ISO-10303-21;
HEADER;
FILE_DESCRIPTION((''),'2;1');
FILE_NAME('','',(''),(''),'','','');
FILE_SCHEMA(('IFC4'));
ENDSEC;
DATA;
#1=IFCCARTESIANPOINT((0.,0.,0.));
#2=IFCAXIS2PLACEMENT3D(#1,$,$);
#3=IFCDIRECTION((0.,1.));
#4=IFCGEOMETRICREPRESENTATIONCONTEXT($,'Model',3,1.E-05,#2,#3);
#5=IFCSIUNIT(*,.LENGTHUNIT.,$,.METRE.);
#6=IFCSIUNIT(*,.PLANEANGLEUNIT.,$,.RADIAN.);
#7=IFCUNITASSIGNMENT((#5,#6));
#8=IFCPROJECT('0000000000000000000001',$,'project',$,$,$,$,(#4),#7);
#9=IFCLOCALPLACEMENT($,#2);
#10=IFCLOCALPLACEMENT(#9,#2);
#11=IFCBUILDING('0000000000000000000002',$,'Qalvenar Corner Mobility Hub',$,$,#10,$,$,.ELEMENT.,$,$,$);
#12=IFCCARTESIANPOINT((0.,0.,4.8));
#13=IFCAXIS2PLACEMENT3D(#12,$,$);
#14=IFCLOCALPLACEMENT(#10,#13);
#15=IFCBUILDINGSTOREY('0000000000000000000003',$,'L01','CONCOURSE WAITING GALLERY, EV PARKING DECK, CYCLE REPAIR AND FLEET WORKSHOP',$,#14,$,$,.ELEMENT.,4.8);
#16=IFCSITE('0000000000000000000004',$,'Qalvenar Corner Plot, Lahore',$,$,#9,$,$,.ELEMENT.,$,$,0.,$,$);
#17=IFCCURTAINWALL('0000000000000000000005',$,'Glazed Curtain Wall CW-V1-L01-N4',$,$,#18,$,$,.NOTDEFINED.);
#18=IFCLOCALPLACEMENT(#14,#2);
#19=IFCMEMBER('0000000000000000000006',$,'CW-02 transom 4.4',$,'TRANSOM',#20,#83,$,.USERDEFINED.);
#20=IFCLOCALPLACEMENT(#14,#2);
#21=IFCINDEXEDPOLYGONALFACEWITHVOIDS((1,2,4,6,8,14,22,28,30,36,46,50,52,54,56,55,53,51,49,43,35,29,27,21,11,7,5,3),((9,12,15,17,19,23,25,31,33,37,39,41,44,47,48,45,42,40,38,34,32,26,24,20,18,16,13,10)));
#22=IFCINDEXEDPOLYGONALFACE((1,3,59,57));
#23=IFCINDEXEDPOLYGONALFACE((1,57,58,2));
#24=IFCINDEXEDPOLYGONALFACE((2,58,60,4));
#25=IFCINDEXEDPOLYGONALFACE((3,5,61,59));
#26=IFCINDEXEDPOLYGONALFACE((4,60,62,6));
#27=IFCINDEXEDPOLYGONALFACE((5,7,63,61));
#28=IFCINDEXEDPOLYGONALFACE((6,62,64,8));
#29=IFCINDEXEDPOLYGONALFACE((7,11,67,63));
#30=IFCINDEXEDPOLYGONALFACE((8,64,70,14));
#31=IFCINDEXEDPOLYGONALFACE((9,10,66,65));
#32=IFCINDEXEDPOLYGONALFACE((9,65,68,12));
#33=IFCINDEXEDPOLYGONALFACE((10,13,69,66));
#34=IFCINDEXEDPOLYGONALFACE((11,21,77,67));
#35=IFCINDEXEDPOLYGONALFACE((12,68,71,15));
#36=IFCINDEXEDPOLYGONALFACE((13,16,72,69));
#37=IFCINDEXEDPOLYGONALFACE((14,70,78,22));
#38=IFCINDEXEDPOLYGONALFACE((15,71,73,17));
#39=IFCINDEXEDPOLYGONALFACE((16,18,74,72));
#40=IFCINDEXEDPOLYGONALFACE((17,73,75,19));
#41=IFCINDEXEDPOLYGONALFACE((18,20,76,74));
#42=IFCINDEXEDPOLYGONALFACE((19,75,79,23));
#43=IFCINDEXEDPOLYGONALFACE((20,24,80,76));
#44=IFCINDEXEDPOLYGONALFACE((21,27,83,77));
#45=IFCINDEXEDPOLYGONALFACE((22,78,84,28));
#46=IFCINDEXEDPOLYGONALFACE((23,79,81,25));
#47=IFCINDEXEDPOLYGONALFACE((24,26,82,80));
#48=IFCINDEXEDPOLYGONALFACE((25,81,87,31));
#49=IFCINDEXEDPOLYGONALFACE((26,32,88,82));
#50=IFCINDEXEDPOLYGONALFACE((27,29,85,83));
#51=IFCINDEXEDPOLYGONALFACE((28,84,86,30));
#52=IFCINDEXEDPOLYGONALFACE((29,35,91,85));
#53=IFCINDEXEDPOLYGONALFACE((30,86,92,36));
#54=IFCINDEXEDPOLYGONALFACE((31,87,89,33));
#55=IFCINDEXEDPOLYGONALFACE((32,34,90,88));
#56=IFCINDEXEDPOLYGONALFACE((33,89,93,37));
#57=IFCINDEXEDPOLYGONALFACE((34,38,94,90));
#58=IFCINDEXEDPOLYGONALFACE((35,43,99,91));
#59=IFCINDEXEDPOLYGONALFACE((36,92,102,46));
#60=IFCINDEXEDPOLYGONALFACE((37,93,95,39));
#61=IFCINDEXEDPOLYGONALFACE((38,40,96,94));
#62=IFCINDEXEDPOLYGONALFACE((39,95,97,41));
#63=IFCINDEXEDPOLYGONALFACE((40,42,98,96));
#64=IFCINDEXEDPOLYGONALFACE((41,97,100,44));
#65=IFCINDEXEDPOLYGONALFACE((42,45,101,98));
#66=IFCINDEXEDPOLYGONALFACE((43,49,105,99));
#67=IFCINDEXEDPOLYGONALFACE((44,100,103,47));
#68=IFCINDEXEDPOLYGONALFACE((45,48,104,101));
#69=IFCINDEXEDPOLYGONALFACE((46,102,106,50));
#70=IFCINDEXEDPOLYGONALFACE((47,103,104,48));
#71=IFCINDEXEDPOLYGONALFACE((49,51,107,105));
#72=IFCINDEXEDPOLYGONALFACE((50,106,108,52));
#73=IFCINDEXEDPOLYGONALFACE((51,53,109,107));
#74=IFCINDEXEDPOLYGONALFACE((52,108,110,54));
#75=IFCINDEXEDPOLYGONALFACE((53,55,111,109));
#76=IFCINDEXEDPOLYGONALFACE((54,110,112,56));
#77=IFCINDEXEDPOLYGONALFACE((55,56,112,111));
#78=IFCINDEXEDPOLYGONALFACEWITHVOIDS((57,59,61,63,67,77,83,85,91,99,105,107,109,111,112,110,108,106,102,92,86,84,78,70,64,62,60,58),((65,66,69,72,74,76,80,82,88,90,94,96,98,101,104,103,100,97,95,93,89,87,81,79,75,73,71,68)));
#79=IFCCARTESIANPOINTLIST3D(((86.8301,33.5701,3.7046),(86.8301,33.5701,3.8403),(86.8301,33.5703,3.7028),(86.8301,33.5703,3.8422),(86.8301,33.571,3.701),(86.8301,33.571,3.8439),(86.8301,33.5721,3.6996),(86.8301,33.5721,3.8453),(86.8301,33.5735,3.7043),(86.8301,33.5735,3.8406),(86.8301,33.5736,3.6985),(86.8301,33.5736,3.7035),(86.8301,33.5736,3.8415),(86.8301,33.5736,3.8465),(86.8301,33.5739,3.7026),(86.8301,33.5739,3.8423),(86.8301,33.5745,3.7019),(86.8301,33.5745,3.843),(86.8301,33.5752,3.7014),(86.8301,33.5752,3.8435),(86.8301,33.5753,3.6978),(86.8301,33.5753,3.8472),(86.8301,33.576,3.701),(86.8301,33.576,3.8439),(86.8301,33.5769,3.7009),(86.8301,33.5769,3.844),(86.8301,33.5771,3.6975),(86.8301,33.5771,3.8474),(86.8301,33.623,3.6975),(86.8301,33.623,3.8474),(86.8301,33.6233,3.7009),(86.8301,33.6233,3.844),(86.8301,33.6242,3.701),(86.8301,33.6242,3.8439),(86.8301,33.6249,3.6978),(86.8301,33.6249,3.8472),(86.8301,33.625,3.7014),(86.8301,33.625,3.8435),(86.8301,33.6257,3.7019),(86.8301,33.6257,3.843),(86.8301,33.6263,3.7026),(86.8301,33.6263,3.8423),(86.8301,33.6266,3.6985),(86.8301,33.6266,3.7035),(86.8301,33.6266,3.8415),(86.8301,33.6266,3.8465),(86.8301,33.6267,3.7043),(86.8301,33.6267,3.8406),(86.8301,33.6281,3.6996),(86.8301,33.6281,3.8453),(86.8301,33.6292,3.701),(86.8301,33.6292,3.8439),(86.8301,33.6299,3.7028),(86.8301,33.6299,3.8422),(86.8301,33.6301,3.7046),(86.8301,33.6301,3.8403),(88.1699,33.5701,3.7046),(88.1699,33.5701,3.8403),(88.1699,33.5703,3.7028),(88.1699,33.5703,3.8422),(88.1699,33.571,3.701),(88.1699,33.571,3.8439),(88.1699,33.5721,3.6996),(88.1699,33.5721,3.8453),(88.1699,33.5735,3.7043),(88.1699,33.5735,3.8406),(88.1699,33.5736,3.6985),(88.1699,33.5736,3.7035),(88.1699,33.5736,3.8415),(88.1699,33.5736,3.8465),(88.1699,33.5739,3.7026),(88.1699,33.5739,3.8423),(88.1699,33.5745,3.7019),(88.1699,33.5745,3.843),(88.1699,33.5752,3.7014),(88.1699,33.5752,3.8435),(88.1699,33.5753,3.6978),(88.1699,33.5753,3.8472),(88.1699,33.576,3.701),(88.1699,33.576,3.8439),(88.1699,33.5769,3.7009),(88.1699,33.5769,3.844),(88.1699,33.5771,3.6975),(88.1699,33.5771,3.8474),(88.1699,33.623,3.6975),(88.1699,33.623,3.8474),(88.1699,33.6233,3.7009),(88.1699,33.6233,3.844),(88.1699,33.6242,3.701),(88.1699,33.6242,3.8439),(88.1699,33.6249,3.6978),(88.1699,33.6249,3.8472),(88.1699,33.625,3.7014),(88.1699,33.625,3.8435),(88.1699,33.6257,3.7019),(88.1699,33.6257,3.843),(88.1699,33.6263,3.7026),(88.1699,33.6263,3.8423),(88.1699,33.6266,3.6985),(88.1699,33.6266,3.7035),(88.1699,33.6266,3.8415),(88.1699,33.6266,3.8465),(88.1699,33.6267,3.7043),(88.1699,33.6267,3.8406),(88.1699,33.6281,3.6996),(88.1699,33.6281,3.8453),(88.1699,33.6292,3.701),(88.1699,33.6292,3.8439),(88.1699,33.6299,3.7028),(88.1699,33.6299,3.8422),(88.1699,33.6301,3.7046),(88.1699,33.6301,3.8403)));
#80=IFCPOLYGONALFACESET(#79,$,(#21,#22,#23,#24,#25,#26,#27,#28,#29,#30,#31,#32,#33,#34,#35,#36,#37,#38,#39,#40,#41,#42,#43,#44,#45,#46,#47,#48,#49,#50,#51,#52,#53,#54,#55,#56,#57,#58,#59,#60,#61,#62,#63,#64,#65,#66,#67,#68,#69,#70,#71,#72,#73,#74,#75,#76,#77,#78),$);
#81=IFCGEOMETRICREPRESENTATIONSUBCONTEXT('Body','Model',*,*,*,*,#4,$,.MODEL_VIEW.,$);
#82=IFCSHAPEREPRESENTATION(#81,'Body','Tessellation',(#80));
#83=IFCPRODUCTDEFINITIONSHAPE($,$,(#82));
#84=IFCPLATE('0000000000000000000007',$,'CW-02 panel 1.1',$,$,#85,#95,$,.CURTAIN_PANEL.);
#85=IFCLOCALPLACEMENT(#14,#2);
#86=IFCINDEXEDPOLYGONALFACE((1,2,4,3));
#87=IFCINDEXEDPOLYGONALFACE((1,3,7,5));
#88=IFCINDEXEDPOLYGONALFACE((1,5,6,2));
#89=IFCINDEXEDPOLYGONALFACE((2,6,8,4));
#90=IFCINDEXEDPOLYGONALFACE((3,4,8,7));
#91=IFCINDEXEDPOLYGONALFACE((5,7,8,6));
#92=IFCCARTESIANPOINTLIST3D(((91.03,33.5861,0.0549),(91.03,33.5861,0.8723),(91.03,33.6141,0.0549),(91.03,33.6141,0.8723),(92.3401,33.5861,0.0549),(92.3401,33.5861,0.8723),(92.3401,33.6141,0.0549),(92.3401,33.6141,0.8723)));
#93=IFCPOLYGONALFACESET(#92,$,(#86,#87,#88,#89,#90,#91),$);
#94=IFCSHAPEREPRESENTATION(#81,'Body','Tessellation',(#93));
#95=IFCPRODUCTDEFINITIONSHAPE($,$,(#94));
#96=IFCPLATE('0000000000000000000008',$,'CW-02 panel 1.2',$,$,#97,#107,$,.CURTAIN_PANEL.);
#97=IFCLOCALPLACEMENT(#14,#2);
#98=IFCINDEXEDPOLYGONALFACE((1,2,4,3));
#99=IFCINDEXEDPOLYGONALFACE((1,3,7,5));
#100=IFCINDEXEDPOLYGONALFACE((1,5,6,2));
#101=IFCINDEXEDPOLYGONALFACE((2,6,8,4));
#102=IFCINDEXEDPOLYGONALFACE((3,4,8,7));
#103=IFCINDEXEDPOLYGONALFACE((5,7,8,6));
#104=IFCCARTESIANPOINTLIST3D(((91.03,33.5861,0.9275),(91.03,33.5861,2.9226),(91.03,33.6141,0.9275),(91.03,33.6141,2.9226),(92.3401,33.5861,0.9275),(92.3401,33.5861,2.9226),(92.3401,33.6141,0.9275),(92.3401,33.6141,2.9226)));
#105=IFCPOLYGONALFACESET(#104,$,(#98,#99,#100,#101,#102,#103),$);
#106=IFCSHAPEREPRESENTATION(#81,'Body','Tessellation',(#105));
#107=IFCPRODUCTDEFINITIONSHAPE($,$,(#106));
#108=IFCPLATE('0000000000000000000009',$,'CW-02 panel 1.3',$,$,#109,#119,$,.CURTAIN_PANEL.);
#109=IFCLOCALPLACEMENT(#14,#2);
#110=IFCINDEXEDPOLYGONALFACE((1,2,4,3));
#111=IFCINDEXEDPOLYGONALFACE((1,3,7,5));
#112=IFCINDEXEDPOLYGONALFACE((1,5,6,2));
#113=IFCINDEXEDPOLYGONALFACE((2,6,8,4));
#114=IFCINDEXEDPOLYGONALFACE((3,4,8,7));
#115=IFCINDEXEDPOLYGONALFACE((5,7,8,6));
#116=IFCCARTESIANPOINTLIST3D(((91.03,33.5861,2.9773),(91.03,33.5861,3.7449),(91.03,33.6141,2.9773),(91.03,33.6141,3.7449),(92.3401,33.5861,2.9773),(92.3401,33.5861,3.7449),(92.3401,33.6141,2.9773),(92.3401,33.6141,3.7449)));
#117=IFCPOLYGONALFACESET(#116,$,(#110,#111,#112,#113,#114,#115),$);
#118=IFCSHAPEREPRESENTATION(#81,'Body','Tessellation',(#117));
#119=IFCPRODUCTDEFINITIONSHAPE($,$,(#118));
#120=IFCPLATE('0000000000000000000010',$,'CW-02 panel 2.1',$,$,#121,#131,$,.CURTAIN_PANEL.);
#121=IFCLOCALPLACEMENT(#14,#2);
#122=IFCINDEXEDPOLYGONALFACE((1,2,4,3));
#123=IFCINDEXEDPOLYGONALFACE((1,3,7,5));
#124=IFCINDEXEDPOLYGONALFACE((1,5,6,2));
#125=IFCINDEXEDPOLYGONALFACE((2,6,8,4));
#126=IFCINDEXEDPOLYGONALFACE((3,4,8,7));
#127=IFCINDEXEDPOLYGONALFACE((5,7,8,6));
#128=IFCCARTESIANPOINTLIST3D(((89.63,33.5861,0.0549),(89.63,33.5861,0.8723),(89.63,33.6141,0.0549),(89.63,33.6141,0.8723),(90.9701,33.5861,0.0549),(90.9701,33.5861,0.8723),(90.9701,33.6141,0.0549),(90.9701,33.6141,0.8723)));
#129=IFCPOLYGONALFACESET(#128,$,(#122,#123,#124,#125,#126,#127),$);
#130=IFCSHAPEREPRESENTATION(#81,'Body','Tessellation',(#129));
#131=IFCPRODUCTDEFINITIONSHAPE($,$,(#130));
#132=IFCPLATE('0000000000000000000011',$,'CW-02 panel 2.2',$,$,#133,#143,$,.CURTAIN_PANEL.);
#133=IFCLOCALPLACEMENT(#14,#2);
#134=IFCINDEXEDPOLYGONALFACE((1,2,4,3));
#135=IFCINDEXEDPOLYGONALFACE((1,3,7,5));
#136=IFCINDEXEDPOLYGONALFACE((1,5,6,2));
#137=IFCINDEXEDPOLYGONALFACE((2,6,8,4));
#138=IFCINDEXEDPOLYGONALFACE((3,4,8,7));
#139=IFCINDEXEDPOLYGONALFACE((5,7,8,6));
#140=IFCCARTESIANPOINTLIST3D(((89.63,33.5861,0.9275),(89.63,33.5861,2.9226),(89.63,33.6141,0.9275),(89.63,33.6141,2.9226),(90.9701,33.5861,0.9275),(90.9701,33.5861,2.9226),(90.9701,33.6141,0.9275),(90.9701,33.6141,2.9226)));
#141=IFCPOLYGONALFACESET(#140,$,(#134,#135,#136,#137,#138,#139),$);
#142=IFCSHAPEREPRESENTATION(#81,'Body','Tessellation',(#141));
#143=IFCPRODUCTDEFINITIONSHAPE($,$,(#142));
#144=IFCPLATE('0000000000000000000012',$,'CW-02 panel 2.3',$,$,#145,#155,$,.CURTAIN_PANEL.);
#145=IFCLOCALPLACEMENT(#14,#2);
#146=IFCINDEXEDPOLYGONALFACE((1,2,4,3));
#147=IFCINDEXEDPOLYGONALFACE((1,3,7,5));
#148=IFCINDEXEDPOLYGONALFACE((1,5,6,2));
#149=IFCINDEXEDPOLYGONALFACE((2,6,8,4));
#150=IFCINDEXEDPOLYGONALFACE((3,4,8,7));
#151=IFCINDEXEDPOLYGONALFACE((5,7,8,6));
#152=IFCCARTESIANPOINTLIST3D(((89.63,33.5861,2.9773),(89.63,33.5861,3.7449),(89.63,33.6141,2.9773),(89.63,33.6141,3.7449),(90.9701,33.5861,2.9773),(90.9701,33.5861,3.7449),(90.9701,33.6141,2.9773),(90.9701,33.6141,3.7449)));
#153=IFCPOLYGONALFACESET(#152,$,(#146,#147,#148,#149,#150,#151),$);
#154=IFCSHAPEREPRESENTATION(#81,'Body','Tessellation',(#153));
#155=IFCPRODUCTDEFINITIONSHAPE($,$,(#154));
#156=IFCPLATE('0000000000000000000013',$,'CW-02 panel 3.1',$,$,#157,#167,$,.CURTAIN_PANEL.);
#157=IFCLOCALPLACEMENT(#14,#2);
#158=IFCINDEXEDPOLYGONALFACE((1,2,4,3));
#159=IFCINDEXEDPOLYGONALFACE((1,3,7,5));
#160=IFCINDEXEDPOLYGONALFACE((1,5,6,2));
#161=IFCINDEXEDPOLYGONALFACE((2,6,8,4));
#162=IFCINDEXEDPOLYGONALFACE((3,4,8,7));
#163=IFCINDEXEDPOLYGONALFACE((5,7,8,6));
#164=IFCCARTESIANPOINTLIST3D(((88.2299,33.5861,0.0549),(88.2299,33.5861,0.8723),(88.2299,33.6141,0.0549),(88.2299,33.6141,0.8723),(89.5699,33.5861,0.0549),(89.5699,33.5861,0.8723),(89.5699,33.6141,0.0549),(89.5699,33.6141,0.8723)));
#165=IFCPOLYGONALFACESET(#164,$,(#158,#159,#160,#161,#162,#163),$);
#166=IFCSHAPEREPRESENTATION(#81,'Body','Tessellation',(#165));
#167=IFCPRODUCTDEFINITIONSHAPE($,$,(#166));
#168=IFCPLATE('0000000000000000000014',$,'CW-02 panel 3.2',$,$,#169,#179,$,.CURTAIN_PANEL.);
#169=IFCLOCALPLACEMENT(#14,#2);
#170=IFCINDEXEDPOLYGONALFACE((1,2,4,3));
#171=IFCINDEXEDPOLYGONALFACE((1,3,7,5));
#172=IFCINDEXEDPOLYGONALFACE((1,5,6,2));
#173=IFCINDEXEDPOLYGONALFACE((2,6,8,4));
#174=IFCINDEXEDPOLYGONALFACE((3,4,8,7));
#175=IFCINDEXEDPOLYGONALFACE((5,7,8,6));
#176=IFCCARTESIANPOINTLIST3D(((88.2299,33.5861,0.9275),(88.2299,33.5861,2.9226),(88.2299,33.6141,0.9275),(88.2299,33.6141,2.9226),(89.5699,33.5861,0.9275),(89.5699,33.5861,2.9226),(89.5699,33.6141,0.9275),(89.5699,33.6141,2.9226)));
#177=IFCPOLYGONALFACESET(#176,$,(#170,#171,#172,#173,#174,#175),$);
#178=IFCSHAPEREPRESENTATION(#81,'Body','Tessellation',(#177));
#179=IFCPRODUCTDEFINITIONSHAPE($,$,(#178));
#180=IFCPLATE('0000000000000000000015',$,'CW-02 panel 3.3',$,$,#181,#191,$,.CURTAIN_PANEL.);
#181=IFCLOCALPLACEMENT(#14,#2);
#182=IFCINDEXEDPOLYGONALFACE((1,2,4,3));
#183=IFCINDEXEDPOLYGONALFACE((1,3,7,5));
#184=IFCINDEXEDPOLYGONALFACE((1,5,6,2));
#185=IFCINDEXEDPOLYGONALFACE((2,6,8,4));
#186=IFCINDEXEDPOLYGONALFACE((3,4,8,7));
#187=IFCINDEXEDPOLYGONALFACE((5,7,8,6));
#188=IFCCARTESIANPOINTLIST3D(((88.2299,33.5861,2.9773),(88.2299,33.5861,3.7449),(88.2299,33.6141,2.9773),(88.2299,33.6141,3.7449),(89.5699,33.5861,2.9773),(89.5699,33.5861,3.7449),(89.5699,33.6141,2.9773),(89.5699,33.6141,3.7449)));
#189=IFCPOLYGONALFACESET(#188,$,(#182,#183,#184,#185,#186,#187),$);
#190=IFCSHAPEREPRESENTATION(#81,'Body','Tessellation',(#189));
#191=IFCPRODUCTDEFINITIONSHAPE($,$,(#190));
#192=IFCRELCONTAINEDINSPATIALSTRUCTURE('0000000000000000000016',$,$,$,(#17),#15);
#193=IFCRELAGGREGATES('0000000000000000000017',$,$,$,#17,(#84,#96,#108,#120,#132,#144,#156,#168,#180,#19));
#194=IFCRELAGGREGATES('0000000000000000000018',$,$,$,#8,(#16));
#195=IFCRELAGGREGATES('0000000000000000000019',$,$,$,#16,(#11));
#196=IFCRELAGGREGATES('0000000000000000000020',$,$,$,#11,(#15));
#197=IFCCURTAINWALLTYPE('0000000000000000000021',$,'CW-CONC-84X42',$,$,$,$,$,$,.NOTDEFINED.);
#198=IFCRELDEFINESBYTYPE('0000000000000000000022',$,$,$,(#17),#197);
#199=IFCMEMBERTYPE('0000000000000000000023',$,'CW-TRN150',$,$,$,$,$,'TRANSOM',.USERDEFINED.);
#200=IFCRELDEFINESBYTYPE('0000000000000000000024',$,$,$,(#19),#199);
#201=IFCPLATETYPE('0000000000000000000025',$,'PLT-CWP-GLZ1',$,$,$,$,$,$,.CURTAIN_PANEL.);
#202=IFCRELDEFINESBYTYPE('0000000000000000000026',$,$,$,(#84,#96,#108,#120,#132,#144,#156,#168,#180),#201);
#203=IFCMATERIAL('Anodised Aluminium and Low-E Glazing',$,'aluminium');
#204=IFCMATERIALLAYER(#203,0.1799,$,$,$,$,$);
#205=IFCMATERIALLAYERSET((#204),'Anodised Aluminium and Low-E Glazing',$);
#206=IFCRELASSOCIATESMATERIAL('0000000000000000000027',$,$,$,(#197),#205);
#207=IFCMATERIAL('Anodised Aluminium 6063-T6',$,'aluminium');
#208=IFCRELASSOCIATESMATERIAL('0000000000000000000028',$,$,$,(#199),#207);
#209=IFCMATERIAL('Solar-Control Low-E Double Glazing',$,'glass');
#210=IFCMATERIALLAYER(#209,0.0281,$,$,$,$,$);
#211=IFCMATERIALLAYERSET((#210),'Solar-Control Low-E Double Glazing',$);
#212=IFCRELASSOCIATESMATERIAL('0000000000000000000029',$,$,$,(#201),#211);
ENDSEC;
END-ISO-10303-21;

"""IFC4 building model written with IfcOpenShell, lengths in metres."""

from ifc_helpers import new_model, si_unit, direction, frame, origin, origin_2d, place, context, subcontext, project, spatial, rectangle, hollow_rectangle, extrude, material, layer, layer_set, material_profile, profile_set, type_object, element, aggregate, save


model = new_model("IFC4")

# Units and contexts
model_context = context("Model", 3, precision=1e-05, world=origin(), true_north=direction((0.0, 1.0)))
body_context = subcontext(model_context, "Body", "Model", "MODEL_VIEW")
ifc_project = project(units=[si_unit("LENGTHUNIT", "METRE"), si_unit("PLANEANGLEUNIT", "RADIAN")], contexts=[model_context])

# Site, building, storey
site_placement = place(None, origin())
site = spatial("IfcSite", under=ifc_project, at=site_placement, Name="Qalvenar Corner Plot, Lahore", CompositionType="ELEMENT", RefElevation=0.0)
building_placement = place(site_placement, origin())
building = spatial("IfcBuilding", under=site, at=building_placement, Name="Qalvenar Corner Mobility Hub", CompositionType="ELEMENT")
storey_placement = place(building_placement, frame((0.0, 0.0, 4.8)))
storey = spatial("IfcBuildingStorey", under=building, at=storey_placement, Name="L01", Description="CONCOURSE WAITING GALLERY, EV PARKING DECK, CYCLE REPAIR AND FLEET WORKSHOP", CompositionType="ELEMENT", Elevation=4.8)

# Curtain wall, member, plates
ifc_material_1 = material(Name="Anodised Aluminium and Low-E Glazing", Category="aluminium")
ifc_layer_1 = layer(ifc_material_1, 0.1799)
ifc_layer_set_1 = layer_set([ifc_layer_1], Name="Anodised Aluminium and Low-E Glazing")
curtain_wall_type = type_object("IfcCurtainWallType", Name="CW-CONC-84X42", PredefinedType="NOTDEFINED", material=ifc_layer_set_1)
curtain_wall_placement = place(storey_placement, origin())
curtain_wall = element("IfcCurtainWall", 1, at=curtain_wall_placement, inside=storey, type_object=curtain_wall_type, Name="Glazed Curtain Wall CW-V1-L01-N4", PredefinedType="NOTDEFINED")
ifc_material_2 = material(Name="Anodised Aluminium 6063-T6", Category="aluminium")
ifc_material_profile_1 = material_profile(ifc_material_2, hollow_rectangle(XDim=0.0601, YDim=0.1499, WallThickness=0.0034, InnerFilletRadius=0.0034, OuterFilletRadius=0.0071, at=origin_2d()), Name="RHS150x60x3.5")
ifc_profile_set_1 = profile_set([ifc_material_profile_1], Name="Anodised Aluminium 6063-T6")
member_type_1 = type_object("IfcMemberType", Name="CW-TRN150", ElementType="TRANSOM", PredefinedType="USERDEFINED", material=ifc_profile_set_1)
member_1_placement = place(storey_placement, frame((88.1699, 33.6001, 3.7725), z_axis=(-1.0, 0.0, 0.0), x_axis=(0.0, -1.0, 0.0)))
member_1 = element("IfcMember", 2, at=member_1_placement, type_object=member_type_1, Name="CW-02 transom 4.4", ObjectType="TRANSOM", PredefinedType="USERDEFINED", context=body_context, shape_type="SweptSolid", body=[
    extrude(hollow_rectangle(XDim=0.0601, YDim=0.1499, WallThickness=0.0034, InnerFilletRadius=0.0034, OuterFilletRadius=0.0071, at=origin_2d()), origin(), (0.0, 0.0, 1.0), 1.3398),
])
ifc_material_3 = material(Name="Solar-Control Low-E Double Glazing", Category="glass")
ifc_layer_2 = layer(ifc_material_3, 0.0281)
ifc_layer_set_2 = layer_set([ifc_layer_2], Name="Solar-Control Low-E Double Glazing")
plate_type = type_object("IfcPlateType", Name="PLT-CWP-GLZ1", PredefinedType="CURTAIN_PANEL", material=ifc_layer_set_2)
plate_1_placement = place(storey_placement, frame((91.6851, 33.6001, 0.0549), z_axis=(0.0, 0.0, 1.0), x_axis=(-1.0, 0.0, 0.0)))
plate_1 = element("IfcPlate", 3, at=plate_1_placement, type_object=plate_type, Name="CW-02 panel 1.1", PredefinedType="CURTAIN_PANEL", context=body_context, shape_type="SweptSolid", body=[
    extrude(rectangle(XDim=1.3101, YDim=0.0281, at=origin_2d()), origin(), (0.0, 0.0, 1.0), 0.8174),
])
plate_2_placement = place(storey_placement, frame((91.6851, 33.6001, 0.9275), z_axis=(0.0, 0.0, 1.0), x_axis=(-1.0, 0.0, 0.0)))
plate_2 = element("IfcPlate", 4, at=plate_2_placement, type_object=plate_type, Name="CW-02 panel 1.2", PredefinedType="CURTAIN_PANEL", context=body_context, shape_type="SweptSolid", body=[
    extrude(rectangle(XDim=1.3101, YDim=0.0281, at=origin_2d()), origin(), (0.0, 0.0, 1.0), 1.9951),
])
plate_3_placement = place(storey_placement, frame((91.6851, 33.6001, 2.9773), z_axis=(0.0, 0.0, 1.0), x_axis=(-1.0, 0.0, 0.0)))
plate_3 = element("IfcPlate", 5, at=plate_3_placement, type_object=plate_type, Name="CW-02 panel 1.3", PredefinedType="CURTAIN_PANEL", context=body_context, shape_type="SweptSolid", body=[
    extrude(rectangle(XDim=1.3101, YDim=0.0281, at=origin_2d()), origin(), (0.0, 0.0, 1.0), 0.7676),
])
plate_4_placement = place(storey_placement, frame((90.3, 33.6001, 0.0549), z_axis=(0.0, 0.0, 1.0), x_axis=(-1.0, 0.0, 0.0)))
plate_4 = element("IfcPlate", 6, at=plate_4_placement, type_object=plate_type, Name="CW-02 panel 2.1", PredefinedType="CURTAIN_PANEL", context=body_context, shape_type="SweptSolid", body=[
    extrude(rectangle(XDim=1.3401, YDim=0.0281, at=origin_2d()), origin(), (0.0, 0.0, 1.0), 0.8174),
])
plate_5_placement = place(storey_placement, frame((90.3, 33.6001, 0.9275), z_axis=(0.0, 0.0, 1.0), x_axis=(-1.0, 0.0, 0.0)))
plate_5 = element("IfcPlate", 7, at=plate_5_placement, type_object=plate_type, Name="CW-02 panel 2.2", PredefinedType="CURTAIN_PANEL", context=body_context, shape_type="SweptSolid", body=[
    extrude(rectangle(XDim=1.3401, YDim=0.0281, at=origin_2d()), origin(), (0.0, 0.0, 1.0), 1.9951),
])
plate_6_placement = place(storey_placement, frame((90.3, 33.6001, 2.9773), z_axis=(0.0, 0.0, 1.0), x_axis=(-1.0, 0.0, 0.0)))
plate_6 = element("IfcPlate", 8, at=plate_6_placement, type_object=plate_type, Name="CW-02 panel 2.3", PredefinedType="CURTAIN_PANEL", context=body_context, shape_type="SweptSolid", body=[
    extrude(rectangle(XDim=1.3401, YDim=0.0281, at=origin_2d()), origin(), (0.0, 0.0, 1.0), 0.7676),
])
plate_7_placement = place(storey_placement, frame((88.8999, 33.6001, 0.0549), z_axis=(0.0, 0.0, 1.0), x_axis=(-1.0, 0.0, 0.0)))
plate_7 = element("IfcPlate", 9, at=plate_7_placement, type_object=plate_type, Name="CW-02 panel 3.1", PredefinedType="CURTAIN_PANEL", context=body_context, shape_type="SweptSolid", body=[
    extrude(rectangle(XDim=1.3401, YDim=0.0281, at=origin_2d()), origin(), (0.0, 0.0, 1.0), 0.8174),
])
plate_8_placement = place(storey_placement, frame((88.8999, 33.6001, 0.9275), z_axis=(0.0, 0.0, 1.0), x_axis=(-1.0, 0.0, 0.0)))
plate_8 = element("IfcPlate", 10, at=plate_8_placement, type_object=plate_type, Name="CW-02 panel 3.2", PredefinedType="CURTAIN_PANEL", context=body_context, shape_type="SweptSolid", body=[
    extrude(rectangle(XDim=1.3401, YDim=0.0281, at=origin_2d()), origin(), (0.0, 0.0, 1.0), 1.9951),
])
plate_9_placement = place(storey_placement, frame((88.8999, 33.6001, 2.9773), z_axis=(0.0, 0.0, 1.0), x_axis=(-1.0, 0.0, 0.0)))
plate_9 = element("IfcPlate", 11, at=plate_9_placement, type_object=plate_type, Name="CW-02 panel 3.3", PredefinedType="CURTAIN_PANEL", context=body_context, shape_type="SweptSolid", body=[
    extrude(rectangle(XDim=1.3401, YDim=0.0281, at=origin_2d()), origin(), (0.0, 0.0, 1.0), 0.7676),
])
aggregate(curtain_wall, [plate_1, plate_2, plate_3, plate_4, plate_5, plate_6, plate_7, plate_8, plate_9, member_1])

save(model, "model.ifc")
